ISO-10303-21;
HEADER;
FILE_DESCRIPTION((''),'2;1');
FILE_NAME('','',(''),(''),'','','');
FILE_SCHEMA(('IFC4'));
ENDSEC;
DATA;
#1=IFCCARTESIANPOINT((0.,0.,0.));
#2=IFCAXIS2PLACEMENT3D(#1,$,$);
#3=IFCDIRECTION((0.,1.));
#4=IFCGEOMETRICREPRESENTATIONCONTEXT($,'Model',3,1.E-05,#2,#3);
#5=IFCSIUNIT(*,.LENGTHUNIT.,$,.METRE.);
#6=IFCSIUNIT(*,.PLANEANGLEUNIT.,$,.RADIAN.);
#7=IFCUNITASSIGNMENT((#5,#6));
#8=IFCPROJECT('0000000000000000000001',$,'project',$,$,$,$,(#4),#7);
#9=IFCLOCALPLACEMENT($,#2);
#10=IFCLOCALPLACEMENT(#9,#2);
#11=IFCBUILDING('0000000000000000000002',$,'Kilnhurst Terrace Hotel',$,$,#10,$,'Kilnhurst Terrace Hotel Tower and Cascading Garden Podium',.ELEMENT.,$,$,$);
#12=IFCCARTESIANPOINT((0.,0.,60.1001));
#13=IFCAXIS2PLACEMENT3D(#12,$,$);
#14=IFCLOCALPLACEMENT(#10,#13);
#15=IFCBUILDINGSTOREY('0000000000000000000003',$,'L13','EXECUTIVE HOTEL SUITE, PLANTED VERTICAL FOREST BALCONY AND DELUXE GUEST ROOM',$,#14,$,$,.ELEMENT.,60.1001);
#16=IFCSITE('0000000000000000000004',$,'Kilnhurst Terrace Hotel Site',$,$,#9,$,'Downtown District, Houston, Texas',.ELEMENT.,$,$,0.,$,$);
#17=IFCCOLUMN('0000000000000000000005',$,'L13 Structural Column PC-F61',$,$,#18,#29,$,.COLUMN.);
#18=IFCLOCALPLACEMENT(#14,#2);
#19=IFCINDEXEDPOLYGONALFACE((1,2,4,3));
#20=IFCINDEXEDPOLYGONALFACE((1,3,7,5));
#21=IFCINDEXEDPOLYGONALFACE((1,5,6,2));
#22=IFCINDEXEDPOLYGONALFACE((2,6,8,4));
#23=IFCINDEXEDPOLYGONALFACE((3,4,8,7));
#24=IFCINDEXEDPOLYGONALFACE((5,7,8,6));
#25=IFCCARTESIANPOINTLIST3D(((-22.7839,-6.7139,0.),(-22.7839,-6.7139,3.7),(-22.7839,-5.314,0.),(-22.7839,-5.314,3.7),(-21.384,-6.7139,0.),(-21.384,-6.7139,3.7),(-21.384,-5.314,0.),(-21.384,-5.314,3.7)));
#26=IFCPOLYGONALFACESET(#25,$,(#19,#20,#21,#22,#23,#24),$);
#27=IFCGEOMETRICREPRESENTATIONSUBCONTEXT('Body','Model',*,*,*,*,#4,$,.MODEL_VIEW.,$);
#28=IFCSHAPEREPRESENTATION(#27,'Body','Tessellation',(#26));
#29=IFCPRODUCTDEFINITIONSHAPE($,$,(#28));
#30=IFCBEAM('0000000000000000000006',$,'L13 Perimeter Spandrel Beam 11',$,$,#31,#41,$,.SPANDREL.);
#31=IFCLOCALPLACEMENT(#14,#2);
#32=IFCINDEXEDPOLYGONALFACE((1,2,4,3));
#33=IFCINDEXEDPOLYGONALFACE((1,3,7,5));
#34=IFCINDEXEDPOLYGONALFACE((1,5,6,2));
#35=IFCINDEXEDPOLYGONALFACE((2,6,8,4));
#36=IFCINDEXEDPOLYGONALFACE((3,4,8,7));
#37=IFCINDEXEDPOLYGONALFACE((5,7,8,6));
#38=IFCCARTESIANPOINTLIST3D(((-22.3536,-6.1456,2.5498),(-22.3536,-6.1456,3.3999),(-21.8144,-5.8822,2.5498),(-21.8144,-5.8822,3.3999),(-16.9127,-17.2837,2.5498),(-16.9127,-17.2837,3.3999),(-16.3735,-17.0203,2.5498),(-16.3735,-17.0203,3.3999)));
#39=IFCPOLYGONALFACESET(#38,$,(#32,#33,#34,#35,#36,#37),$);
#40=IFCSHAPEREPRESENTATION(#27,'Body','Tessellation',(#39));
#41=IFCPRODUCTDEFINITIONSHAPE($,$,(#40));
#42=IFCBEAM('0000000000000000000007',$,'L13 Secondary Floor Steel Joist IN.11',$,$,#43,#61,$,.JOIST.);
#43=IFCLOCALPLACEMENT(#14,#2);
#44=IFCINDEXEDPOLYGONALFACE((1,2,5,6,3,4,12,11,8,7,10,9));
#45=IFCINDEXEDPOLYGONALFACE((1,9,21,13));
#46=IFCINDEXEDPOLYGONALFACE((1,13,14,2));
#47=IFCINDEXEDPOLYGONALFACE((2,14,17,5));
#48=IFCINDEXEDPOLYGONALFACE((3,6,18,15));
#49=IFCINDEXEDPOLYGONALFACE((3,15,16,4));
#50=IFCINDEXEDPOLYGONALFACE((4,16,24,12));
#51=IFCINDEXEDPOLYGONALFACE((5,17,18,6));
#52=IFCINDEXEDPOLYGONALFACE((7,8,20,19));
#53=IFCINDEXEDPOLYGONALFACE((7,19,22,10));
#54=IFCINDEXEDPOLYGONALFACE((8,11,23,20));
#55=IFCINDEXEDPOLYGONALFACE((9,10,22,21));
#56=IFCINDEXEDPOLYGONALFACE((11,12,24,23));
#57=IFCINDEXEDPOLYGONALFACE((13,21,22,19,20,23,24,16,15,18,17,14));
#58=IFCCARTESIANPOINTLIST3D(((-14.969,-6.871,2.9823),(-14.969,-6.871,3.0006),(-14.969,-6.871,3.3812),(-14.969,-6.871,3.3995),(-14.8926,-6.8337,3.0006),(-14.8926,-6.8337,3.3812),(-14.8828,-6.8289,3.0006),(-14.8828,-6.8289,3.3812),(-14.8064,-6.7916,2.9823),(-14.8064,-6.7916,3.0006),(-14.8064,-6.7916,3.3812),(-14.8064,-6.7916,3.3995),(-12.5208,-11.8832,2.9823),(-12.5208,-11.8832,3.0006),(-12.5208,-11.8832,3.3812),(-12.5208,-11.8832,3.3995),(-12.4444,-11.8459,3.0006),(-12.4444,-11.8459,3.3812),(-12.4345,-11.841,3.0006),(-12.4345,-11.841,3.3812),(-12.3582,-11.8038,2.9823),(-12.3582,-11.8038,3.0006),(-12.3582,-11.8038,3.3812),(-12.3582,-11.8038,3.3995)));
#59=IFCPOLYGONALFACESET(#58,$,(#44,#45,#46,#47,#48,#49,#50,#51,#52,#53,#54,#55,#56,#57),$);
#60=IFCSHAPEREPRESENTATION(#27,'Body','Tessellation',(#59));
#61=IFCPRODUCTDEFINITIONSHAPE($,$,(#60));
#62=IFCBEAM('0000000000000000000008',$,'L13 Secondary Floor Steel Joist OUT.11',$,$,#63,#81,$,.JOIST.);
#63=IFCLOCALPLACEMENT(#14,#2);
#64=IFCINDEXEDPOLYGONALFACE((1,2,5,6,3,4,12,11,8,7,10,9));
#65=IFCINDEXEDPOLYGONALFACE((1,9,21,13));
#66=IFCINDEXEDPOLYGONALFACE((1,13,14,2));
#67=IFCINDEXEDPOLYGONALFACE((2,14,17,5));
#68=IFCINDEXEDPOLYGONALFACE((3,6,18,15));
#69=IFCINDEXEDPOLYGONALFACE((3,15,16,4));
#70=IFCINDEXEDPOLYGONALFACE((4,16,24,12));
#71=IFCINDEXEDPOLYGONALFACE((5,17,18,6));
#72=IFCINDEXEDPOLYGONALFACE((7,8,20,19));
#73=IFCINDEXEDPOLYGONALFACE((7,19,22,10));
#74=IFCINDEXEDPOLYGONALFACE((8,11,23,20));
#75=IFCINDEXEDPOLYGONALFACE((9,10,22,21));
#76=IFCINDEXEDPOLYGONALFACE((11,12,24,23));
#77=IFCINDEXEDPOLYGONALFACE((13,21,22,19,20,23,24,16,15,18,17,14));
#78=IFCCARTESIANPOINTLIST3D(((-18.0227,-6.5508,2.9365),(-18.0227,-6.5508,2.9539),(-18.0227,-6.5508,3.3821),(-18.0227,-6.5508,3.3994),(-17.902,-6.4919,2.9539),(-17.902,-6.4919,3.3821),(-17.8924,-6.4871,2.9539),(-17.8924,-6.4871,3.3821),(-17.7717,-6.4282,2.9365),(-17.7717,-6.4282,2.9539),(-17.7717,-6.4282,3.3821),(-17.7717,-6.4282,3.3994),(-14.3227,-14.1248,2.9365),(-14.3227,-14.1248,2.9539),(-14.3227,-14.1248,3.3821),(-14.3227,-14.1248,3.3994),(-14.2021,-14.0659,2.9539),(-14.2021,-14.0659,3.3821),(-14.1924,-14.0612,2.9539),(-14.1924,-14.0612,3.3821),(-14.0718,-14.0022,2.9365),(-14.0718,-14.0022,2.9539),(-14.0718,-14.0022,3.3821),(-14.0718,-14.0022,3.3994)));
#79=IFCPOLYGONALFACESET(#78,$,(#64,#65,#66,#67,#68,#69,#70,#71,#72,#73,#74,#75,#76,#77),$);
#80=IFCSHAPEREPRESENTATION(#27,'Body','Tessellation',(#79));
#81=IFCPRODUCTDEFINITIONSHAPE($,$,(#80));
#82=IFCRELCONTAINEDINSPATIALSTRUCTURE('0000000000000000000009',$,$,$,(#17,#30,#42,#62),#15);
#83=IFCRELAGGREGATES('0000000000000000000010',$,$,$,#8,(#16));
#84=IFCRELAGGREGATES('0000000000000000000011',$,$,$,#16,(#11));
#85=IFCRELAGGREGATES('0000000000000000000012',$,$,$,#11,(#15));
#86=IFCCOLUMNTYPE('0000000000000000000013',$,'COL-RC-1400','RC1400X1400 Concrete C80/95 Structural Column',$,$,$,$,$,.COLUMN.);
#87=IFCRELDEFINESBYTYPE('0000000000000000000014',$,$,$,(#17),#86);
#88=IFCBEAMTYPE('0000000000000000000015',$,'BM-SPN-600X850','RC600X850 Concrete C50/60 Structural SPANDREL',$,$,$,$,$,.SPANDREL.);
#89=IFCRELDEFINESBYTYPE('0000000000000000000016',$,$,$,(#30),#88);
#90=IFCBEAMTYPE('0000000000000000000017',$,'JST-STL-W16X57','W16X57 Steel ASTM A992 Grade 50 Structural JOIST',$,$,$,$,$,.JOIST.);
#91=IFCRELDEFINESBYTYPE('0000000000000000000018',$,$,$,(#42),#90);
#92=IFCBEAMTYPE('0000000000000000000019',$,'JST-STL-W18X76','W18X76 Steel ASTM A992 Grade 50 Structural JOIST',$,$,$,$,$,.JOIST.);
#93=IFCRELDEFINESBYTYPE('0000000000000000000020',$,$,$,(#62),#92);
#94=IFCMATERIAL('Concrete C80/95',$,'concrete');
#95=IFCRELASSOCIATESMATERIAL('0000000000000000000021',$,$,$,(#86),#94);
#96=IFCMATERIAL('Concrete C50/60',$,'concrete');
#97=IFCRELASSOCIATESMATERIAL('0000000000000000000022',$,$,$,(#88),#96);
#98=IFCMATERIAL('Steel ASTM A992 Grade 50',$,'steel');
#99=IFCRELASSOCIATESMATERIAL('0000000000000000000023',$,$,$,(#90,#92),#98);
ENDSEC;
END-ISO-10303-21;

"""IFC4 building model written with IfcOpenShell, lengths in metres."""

from ifc_helpers import new_model, si_unit, direction, frame, origin, origin_2d, place, context, subcontext, project, spatial, rectangle, i_section, extrude, material, material_profile, profile_set, type_object, element, save


model = new_model("IFC4")

# Units and contexts
model_context = context("Model", 3, precision=1e-05, world=origin(), true_north=direction((0.0, 1.0)))
body_context = subcontext(model_context, "Body", "Model", "MODEL_VIEW")
ifc_project = project(units=[si_unit("LENGTHUNIT", "METRE"), si_unit("PLANEANGLEUNIT", "RADIAN")], contexts=[model_context])

# Site, building, storey
site_placement = place(None, origin())
site = spatial("IfcSite", under=ifc_project, at=site_placement, Name="Kilnhurst Terrace Hotel Site", LongName="Downtown District, Houston, Texas", CompositionType="ELEMENT", RefElevation=0.0)
building_placement = place(site_placement, origin())
building = spatial("IfcBuilding", under=site, at=building_placement, Name="Kilnhurst Terrace Hotel", LongName="Kilnhurst Terrace Hotel Tower and Cascading Garden Podium", CompositionType="ELEMENT")
storey_placement = place(building_placement, frame((0.0, 0.0, 60.1001)))
storey = spatial("IfcBuildingStorey", under=building, at=storey_placement, Name="L13", Description="EXECUTIVE HOTEL SUITE, PLANTED VERTICAL FOREST BALCONY AND DELUXE GUEST ROOM", CompositionType="ELEMENT", Elevation=60.1001)

# Column
ifc_material_1 = material(Name="Concrete C80/95", Category="concrete")
ifc_material_profile_1 = material_profile(ifc_material_1, rectangle(XDim=1.3999, YDim=1.3999, at=origin_2d()), Name="RC1400X1400")
ifc_profile_set_1 = profile_set([ifc_material_profile_1], Name="Concrete C80/95")
column_type = type_object("IfcColumnType", Name="COL-RC-1400", Description="RC1400X1400 Concrete C80/95 Structural Column", PredefinedType="COLUMN", material=ifc_profile_set_1)
column_placement = place(storey_placement, frame((-22.084, -6.0139, 0.0), z_axis=(0.0, 0.0, 1.0), x_axis=(1.0, 0.0, 0.0)))
element("IfcColumn", 1, at=column_placement, inside=storey, type_object=column_type, Name="L13 Structural Column PC-F61", PredefinedType="COLUMN", context=body_context, shape_type="SweptSolid", body=[
    extrude(rectangle(XDim=1.3999, YDim=1.3999, at=origin_2d()), origin(), (0.0, 0.0, 1.0), 3.7),
])

# Beams
ifc_material_2 = material(Name="Concrete C50/60", Category="concrete")
ifc_material_profile_2 = material_profile(ifc_material_2, rectangle(XDim=0.6001, YDim=0.8501, at=origin_2d()), Name="RC600X850")
ifc_profile_set_2 = profile_set([ifc_material_profile_2], Name="Concrete C50/60")
beam_type_1 = type_object("IfcBeamType", Name="BM-SPN-600X850", Description="RC600X850 Concrete C50/60 Structural SPANDREL", PredefinedType="SPANDREL", material=ifc_profile_set_2)
beam_1_placement = place(storey_placement, frame((-22.084, -6.0139, 2.9749), z_axis=(0.438923, -0.898525, 0.0), x_axis=(0.898525, 0.438923, 0.0)))
element("IfcBeam", 2, at=beam_1_placement, inside=storey, type_object=beam_type_1, Name="L13 Perimeter Spandrel Beam 11", PredefinedType="SPANDREL", context=body_context, shape_type="SweptSolid", body=[
    extrude(rectangle(XDim=0.6001, YDim=0.8501, at=origin_2d()), origin(), (0.0, 0.0, 1.0), 12.396),
])
ifc_material_3 = material(Name="Steel ASTM A992 Grade 50", Category="steel")
ifc_material_profile_3 = material_profile(ifc_material_3, i_section(OverallWidth=0.1809, OverallDepth=0.4172, WebThickness=0.011, FlangeThickness=0.0183, at=origin_2d()), Name="W16X57")
ifc_profile_set_3 = profile_set([ifc_material_profile_3], Name="Steel ASTM A992 Grade 50")
beam_type_2 = type_object("IfcBeamType", Name="JST-STL-W16X57", Description="W16X57 Steel ASTM A992 Grade 50 Structural JOIST", PredefinedType="JOIST", material=ifc_profile_set_3)
beam_2_placement = place(storey_placement, frame((-14.8877, -6.8313, 3.1909), z_axis=(0.438896, -0.898538, 0.0), x_axis=(0.898538, 0.438896, 0.0)))
element("IfcBeam", 3, at=beam_2_placement, inside=storey, type_object=beam_type_2, Name="L13 Secondary Floor Steel Joist IN.11", PredefinedType="JOIST", context=body_context, shape_type="SweptSolid", body=[
    extrude(i_section(OverallWidth=0.1809, OverallDepth=0.4172, WebThickness=0.011, FlangeThickness=0.0183, at=origin_2d()), origin(), (0.0, 0.0, 1.0), 5.5781),
])
ifc_material_profile_4 = material_profile(ifc_material_3, i_section(OverallWidth=0.2793, OverallDepth=0.4629, WebThickness=0.0107, FlangeThickness=0.0173, at=origin_2d()), Name="W18X76")
ifc_profile_set_4 = profile_set([ifc_material_profile_4], Name="Steel ASTM A992 Grade 50")
beam_type_3 = type_object("IfcBeamType", Name="JST-STL-W18X76", Description="W18X76 Steel ASTM A992 Grade 50 Structural JOIST", PredefinedType="JOIST", material=ifc_profile_set_4)
beam_3_placement = place(storey_placement, frame((-17.8972, -6.4895, 3.168), z_axis=(0.438934, -0.898519, 0.0), x_axis=(0.898519, 0.438934, 0.0)))
element("IfcBeam", 4, at=beam_3_placement, inside=storey, type_object=beam_type_3, Name="L13 Secondary Floor Steel Joist OUT.11", PredefinedType="JOIST", context=body_context, shape_type="SweptSolid", body=[
    extrude(i_section(OverallWidth=0.2793, OverallDepth=0.4629, WebThickness=0.0107, FlangeThickness=0.0173, at=origin_2d()), origin(), (0.0, 0.0, 1.0), 8.4294),
])

save(model, "model.ifc")
